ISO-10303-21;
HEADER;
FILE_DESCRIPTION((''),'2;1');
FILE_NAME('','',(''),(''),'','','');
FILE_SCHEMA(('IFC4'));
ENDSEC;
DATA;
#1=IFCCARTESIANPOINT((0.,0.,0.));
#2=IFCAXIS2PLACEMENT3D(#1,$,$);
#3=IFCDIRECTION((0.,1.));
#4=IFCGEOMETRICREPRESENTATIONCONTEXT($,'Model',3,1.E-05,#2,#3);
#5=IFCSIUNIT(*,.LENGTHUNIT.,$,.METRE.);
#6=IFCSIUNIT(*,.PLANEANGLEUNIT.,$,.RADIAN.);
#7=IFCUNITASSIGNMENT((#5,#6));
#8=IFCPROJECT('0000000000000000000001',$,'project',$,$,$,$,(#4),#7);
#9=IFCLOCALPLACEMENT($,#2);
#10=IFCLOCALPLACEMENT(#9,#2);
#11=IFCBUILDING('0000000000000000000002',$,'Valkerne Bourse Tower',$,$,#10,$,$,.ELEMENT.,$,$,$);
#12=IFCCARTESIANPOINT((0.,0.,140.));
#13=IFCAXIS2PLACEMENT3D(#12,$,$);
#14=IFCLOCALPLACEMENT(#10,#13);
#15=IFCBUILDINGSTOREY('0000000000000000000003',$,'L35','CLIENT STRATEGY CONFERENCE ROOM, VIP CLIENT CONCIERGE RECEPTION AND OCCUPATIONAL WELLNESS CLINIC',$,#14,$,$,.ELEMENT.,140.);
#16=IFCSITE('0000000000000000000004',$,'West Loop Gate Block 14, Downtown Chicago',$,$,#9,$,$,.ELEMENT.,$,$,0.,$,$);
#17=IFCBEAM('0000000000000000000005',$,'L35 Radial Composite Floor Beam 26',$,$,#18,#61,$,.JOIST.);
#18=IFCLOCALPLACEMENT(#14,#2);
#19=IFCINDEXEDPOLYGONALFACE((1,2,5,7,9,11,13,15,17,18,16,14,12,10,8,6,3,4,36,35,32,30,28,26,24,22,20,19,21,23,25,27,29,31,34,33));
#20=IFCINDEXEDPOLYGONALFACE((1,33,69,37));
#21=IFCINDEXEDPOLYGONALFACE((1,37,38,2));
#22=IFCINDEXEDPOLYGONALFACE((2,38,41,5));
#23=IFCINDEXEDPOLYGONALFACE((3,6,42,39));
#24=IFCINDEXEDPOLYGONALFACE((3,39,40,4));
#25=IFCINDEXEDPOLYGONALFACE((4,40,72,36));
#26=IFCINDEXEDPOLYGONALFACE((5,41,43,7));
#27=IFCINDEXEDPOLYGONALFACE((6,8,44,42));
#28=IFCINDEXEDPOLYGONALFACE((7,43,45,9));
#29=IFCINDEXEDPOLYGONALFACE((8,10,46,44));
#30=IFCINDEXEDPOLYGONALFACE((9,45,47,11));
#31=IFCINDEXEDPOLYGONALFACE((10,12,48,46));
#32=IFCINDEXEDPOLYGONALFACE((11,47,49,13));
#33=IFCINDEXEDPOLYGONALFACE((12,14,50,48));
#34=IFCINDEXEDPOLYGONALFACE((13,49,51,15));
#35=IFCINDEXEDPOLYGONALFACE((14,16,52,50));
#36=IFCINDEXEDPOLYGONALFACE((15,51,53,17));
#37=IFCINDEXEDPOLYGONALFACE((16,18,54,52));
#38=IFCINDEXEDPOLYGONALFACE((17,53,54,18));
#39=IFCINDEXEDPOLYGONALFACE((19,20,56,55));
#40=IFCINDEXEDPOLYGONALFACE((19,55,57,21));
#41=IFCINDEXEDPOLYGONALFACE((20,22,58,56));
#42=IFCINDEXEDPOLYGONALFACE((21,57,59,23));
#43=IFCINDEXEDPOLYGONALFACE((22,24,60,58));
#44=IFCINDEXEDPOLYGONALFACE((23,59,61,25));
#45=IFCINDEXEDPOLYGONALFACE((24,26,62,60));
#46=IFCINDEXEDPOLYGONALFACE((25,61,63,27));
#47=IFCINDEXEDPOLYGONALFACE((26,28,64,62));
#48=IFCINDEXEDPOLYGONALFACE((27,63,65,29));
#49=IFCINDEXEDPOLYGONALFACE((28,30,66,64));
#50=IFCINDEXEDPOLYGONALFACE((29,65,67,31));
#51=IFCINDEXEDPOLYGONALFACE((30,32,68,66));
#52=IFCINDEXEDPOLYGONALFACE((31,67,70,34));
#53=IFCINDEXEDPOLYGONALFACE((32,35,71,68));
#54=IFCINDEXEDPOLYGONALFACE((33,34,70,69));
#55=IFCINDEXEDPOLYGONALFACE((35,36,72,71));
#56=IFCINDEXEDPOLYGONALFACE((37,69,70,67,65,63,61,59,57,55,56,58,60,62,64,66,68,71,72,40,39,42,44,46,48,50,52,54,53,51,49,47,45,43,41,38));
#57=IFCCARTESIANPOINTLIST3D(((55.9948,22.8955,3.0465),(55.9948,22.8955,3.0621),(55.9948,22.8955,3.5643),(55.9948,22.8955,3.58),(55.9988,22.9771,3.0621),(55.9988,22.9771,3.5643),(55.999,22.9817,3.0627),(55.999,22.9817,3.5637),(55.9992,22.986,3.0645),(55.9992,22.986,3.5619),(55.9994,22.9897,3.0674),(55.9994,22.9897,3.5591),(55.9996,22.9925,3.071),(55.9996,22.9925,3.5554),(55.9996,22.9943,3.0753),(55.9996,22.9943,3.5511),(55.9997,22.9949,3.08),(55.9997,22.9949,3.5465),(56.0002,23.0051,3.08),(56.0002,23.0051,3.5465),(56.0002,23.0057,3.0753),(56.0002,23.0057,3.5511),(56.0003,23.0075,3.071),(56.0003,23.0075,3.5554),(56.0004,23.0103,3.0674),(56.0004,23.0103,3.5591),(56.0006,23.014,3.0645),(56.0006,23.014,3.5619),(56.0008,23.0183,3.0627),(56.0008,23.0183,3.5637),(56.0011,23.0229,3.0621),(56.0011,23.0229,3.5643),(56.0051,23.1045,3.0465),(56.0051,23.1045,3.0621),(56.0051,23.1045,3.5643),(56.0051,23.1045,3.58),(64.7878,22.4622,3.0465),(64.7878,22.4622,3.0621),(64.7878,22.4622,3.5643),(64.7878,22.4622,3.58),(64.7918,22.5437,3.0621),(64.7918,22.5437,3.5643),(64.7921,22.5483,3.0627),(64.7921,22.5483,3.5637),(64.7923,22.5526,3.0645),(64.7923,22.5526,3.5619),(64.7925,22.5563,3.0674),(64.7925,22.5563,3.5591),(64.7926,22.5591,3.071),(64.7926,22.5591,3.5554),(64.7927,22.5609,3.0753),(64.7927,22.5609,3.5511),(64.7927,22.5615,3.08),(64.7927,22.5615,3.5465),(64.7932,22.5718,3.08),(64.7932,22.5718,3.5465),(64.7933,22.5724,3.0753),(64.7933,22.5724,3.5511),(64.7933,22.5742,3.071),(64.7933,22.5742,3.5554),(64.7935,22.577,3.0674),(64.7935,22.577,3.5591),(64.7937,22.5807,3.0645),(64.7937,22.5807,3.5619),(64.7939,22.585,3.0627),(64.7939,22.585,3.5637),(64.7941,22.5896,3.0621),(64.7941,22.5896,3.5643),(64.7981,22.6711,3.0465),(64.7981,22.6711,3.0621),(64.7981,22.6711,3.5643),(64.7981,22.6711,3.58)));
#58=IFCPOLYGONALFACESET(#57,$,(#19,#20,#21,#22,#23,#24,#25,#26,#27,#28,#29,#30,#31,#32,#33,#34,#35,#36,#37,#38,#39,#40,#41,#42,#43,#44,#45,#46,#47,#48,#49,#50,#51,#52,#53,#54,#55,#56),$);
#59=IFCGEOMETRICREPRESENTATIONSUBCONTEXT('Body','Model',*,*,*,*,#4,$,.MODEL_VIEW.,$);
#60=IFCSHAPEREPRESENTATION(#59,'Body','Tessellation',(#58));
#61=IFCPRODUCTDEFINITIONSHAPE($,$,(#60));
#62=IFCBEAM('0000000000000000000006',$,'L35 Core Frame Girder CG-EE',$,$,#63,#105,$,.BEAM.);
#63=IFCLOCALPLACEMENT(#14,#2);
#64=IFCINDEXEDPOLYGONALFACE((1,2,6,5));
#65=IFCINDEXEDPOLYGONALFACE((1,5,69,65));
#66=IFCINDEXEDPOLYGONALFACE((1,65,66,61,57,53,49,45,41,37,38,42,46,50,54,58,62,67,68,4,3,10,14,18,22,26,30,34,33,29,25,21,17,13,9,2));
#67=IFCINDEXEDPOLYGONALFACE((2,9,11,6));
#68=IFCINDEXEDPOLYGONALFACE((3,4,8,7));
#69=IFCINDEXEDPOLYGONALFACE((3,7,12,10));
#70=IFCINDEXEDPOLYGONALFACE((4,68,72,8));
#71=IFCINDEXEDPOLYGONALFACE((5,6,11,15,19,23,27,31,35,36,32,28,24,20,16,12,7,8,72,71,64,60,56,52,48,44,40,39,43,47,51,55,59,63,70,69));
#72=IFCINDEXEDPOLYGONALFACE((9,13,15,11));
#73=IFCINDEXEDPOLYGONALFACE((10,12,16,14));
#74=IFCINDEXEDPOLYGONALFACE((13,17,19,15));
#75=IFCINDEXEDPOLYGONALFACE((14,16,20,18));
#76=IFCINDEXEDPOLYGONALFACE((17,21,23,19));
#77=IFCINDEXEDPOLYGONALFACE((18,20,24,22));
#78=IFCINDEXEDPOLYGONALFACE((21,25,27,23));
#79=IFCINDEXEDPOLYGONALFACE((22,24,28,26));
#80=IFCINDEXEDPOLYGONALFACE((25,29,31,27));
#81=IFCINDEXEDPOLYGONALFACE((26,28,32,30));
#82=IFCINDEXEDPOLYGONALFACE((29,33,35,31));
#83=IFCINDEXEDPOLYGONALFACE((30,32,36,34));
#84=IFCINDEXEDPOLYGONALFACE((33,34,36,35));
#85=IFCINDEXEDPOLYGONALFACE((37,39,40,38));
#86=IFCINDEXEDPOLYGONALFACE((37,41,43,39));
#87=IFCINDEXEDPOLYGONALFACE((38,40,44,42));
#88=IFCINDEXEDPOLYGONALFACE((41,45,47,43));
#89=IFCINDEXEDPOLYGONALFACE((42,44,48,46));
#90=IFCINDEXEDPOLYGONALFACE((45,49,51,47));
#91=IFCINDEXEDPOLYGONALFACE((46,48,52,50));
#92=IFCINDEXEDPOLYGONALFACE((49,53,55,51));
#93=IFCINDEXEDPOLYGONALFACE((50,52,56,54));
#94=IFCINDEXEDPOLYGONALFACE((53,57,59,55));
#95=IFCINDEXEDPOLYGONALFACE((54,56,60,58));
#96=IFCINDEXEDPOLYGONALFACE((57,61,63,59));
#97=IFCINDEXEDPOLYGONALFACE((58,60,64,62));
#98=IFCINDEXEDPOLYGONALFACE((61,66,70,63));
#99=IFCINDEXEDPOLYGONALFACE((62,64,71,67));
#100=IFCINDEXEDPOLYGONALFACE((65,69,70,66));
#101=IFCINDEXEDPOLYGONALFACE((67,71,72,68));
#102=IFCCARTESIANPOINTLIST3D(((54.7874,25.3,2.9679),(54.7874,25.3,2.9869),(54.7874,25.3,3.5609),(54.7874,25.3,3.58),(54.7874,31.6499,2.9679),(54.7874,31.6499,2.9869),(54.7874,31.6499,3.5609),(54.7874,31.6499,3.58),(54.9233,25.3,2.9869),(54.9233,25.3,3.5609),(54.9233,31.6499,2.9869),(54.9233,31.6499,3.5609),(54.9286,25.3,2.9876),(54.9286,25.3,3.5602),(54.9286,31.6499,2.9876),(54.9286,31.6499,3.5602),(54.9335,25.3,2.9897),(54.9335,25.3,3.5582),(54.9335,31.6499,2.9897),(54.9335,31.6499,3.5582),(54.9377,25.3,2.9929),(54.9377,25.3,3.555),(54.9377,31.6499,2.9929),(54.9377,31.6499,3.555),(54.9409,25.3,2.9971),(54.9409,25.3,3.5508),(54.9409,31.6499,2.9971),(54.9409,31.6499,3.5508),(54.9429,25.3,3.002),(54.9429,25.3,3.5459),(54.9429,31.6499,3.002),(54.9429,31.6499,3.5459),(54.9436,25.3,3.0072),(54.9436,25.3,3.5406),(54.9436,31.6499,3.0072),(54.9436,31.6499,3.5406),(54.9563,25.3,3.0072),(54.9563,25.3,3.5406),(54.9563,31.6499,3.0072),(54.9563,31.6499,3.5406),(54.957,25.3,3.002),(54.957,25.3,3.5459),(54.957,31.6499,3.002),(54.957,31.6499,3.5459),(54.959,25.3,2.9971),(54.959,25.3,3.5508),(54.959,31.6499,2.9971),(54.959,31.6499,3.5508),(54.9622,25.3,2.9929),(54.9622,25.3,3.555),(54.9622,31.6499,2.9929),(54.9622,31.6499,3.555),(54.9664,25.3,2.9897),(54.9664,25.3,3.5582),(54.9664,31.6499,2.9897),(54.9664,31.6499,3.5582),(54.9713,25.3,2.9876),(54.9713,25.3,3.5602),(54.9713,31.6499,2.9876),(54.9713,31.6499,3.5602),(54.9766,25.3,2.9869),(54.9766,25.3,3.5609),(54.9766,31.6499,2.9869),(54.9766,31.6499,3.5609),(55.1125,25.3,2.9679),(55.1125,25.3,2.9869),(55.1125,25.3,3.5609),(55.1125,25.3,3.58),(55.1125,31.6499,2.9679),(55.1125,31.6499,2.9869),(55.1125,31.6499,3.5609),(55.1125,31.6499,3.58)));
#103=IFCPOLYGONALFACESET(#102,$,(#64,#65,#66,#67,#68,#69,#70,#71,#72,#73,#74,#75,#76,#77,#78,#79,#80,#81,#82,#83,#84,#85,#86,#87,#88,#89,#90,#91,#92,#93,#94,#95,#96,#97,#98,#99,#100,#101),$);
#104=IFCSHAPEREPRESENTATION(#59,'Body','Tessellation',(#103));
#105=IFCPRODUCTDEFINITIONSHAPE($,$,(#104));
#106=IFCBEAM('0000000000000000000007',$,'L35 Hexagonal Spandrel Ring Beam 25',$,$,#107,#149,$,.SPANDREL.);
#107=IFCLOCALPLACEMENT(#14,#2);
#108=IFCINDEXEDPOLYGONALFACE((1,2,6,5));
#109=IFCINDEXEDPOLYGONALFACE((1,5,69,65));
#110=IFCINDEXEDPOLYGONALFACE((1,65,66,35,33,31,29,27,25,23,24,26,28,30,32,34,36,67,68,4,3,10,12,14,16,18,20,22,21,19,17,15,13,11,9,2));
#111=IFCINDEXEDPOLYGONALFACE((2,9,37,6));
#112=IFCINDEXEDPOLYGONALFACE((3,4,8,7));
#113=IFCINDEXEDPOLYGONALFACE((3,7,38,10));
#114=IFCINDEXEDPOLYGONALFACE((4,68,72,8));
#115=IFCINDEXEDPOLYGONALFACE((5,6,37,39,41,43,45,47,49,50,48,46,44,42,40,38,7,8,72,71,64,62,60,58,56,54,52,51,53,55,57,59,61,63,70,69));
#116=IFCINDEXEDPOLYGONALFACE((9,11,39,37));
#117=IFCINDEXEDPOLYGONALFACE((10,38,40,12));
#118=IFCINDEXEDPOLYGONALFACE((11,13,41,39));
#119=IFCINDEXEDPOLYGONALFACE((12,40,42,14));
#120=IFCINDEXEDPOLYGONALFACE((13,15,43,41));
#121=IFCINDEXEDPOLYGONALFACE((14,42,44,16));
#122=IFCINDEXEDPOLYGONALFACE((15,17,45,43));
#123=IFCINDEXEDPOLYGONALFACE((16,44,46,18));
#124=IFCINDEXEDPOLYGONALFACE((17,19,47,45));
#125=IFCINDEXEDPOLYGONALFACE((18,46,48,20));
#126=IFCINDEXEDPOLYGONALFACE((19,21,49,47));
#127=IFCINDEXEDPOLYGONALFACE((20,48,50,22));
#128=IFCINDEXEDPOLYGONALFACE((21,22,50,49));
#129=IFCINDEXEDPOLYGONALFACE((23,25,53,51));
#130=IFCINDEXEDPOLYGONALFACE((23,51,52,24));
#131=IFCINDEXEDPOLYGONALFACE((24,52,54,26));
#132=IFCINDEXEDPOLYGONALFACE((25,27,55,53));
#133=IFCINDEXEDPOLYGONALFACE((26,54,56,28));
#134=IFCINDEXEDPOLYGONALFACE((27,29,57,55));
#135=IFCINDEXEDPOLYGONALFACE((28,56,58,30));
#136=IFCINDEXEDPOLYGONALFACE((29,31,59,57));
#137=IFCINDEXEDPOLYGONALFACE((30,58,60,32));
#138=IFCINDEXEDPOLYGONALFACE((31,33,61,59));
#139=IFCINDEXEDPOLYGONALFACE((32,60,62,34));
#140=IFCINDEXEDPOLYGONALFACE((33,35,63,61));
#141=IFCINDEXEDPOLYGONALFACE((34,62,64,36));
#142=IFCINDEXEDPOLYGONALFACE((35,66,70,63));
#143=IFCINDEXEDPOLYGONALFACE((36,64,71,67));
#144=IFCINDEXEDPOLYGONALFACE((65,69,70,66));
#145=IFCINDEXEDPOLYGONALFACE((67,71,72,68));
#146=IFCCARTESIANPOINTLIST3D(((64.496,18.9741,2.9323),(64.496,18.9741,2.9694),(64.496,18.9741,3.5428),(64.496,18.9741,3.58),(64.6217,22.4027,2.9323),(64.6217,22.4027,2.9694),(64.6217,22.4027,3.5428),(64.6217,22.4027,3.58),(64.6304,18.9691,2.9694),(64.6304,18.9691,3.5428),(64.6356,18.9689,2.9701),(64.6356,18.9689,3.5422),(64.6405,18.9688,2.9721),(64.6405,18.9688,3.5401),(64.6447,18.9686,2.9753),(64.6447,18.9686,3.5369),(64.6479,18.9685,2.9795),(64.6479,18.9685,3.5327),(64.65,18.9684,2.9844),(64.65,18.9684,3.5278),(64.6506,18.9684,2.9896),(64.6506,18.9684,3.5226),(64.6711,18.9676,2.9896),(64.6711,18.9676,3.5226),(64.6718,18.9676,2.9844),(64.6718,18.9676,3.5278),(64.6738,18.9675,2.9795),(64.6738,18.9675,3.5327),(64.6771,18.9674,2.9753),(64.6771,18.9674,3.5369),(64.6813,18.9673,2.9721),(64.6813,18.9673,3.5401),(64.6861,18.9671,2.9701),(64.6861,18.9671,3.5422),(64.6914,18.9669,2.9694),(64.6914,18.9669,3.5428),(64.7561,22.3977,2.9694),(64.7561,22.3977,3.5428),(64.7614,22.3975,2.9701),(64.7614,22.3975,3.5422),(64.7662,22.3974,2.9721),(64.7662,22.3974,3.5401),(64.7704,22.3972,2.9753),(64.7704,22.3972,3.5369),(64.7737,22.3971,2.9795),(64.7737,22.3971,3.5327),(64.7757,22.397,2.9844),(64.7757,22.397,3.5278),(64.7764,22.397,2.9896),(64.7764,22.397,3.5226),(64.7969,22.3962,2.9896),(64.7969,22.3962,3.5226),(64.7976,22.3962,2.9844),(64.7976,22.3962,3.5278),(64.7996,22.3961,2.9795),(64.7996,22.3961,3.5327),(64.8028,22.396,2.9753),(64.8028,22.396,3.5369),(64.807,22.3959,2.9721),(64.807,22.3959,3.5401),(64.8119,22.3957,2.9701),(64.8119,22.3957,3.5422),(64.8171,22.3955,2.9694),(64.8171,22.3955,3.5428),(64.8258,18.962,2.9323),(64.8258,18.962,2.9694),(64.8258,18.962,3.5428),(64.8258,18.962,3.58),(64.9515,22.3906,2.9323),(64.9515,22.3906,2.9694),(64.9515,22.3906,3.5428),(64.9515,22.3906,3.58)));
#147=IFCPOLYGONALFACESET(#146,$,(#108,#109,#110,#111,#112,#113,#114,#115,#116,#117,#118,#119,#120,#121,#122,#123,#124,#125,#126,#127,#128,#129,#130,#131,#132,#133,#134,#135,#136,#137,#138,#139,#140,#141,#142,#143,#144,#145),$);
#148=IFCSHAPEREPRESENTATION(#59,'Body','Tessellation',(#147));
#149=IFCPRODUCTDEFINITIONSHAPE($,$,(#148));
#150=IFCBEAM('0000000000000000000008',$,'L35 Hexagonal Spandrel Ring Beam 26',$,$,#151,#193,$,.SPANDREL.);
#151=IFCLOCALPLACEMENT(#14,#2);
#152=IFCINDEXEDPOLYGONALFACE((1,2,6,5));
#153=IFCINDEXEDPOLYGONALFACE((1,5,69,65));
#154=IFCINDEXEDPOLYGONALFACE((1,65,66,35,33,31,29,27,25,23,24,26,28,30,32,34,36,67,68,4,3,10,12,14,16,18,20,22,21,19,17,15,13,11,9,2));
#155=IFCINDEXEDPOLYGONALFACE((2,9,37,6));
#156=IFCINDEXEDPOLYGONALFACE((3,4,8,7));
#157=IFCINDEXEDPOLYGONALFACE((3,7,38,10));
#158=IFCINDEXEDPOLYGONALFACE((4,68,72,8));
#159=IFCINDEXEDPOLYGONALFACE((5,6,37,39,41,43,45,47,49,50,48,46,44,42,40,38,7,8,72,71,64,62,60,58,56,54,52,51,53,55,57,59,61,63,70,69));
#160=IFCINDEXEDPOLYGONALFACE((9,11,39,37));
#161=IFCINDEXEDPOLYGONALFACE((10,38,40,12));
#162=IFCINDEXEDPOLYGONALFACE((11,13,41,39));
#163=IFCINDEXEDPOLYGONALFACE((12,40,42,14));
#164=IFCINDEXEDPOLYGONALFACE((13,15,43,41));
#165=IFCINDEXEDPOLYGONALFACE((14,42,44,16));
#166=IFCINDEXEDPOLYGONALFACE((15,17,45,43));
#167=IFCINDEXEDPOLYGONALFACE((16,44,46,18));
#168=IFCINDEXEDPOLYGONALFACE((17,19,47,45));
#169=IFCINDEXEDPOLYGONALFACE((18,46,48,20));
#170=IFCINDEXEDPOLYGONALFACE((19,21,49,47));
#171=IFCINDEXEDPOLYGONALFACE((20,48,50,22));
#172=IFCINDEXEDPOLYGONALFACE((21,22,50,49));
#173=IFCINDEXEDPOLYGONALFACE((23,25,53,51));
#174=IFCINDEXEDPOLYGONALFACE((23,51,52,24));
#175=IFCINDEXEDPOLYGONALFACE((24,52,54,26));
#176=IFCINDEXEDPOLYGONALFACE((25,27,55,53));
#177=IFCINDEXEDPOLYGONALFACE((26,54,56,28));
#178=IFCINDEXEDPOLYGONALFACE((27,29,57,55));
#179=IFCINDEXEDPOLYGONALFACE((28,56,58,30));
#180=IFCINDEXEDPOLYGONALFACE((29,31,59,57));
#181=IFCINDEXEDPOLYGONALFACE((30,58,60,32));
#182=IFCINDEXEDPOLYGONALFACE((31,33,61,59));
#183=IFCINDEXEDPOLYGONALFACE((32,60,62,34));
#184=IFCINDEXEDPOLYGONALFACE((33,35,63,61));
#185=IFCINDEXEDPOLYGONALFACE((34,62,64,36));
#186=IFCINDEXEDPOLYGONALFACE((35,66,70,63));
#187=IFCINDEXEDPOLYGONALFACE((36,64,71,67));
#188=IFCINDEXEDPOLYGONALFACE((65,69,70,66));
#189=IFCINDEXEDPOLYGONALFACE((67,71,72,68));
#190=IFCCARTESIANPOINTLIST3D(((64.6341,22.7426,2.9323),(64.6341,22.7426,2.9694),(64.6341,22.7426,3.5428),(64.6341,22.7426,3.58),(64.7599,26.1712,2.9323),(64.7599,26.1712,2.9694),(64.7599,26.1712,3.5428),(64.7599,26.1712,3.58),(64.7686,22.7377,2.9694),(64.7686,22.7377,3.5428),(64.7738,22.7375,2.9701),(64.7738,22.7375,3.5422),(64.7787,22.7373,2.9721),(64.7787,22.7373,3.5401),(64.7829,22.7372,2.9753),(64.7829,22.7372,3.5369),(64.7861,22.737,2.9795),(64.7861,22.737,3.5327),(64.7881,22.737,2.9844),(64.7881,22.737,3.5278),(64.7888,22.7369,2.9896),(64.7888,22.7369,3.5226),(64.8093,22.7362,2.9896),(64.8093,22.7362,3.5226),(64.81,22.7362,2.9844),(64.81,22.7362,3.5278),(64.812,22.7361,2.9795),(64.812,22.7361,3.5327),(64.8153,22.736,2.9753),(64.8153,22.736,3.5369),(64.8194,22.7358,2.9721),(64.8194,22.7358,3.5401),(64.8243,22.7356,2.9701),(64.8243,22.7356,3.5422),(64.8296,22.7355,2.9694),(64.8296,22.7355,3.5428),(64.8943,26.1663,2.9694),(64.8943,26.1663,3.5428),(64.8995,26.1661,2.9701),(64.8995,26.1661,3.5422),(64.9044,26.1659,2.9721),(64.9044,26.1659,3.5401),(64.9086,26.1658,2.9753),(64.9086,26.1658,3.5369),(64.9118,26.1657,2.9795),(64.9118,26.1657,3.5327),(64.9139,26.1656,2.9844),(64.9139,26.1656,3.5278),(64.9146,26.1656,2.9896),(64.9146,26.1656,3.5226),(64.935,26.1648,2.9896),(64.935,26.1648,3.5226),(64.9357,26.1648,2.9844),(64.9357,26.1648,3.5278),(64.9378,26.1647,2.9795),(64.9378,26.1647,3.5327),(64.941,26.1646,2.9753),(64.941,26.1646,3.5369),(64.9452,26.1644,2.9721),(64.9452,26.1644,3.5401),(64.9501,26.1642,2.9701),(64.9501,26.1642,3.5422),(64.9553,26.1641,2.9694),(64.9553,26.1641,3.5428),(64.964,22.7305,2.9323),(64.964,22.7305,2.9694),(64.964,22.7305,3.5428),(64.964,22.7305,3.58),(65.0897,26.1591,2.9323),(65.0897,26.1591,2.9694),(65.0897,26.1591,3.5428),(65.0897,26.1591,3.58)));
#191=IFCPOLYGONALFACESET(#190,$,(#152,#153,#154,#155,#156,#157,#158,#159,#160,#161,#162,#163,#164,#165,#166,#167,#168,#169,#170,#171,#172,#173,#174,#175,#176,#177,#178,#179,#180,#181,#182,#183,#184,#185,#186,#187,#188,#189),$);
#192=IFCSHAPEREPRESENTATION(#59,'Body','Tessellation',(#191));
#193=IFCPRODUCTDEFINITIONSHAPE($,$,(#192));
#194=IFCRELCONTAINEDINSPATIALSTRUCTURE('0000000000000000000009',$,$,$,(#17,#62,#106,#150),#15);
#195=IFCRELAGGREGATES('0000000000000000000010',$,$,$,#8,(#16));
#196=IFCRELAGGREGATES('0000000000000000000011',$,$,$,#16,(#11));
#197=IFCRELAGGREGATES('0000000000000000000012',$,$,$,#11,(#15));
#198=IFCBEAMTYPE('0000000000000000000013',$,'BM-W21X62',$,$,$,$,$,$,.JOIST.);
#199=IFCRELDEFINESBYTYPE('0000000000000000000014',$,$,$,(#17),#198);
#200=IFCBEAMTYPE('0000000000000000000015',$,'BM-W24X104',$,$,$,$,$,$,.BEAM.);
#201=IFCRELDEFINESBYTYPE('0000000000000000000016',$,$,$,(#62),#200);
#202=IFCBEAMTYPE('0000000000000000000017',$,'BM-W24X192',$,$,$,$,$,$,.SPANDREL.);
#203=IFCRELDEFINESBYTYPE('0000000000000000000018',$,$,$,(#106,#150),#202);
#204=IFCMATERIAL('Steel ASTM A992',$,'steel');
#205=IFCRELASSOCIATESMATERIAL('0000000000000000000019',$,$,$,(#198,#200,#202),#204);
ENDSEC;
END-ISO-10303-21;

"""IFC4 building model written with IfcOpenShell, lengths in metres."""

from ifc_helpers import new_model, si_unit, direction, frame, origin, origin_2d, place, context, subcontext, project, spatial, i_section, extrude, material, material_profile, profile_set, type_object, element, save


model = new_model("IFC4")

# Units and contexts
model_context = context("Model", 3, precision=1e-05, world=origin(), true_north=direction((0.0, 1.0)))
body_context = subcontext(model_context, "Body", "Model", "MODEL_VIEW")
ifc_project = project(units=[si_unit("LENGTHUNIT", "METRE"), si_unit("PLANEANGLEUNIT", "RADIAN")], contexts=[model_context])

# Site, building, storey
site_placement = place(None, origin())
site = spatial("IfcSite", under=ifc_project, at=site_placement, Name="West Loop Gate Block 14, Downtown Chicago", CompositionType="ELEMENT", RefElevation=0.0)
building_placement = place(site_placement, origin())
building = spatial("IfcBuilding", under=site, at=building_placement, Name="Valkerne Bourse Tower", CompositionType="ELEMENT")
storey_placement = place(building_placement, frame((0.0, 0.0, 140.0)))
storey = spatial("IfcBuildingStorey", under=building, at=storey_placement, Name="L35", Description="CLIENT STRATEGY CONFERENCE ROOM, VIP CLIENT CONCIERGE RECEPTION AND OCCUPATIONAL WELLNESS CLINIC", CompositionType="ELEMENT", Elevation=140.0)

# Beams
ifc_material_1 = material(Name="Steel ASTM A992", Category="steel")
ifc_material_profile_1 = material_profile(ifc_material_1, i_section(OverallWidth=0.2092, OverallDepth=0.5334, WebThickness=0.0103, FlangeThickness=0.0156, FilletRadius=0.0178, at=origin_2d()), Name="W21X62")
ifc_profile_set_1 = profile_set([ifc_material_profile_1], Name="Steel ASTM A992")
beam_type_1 = type_object("IfcBeamType", Name="BM-W21X62", PredefinedType="JOIST", material=ifc_profile_set_1)
beam_1_placement = place(storey_placement, frame((64.793, 22.5667, 3.3132), z_axis=(-0.998788, 0.049224, 0.0), x_axis=(-0.049224, -0.998788, 0.0)))
element("IfcBeam", 1, at=beam_1_placement, inside=storey, type_object=beam_type_1, Name="L35 Radial Composite Floor Beam 26", PredefinedType="JOIST", context=body_context, shape_type="SweptSolid", body=[
    extrude(i_section(OverallWidth=0.2092, OverallDepth=0.5334, WebThickness=0.0103, FlangeThickness=0.0156, FilletRadius=0.0178, at=origin_2d()), origin(), (0.0, 0.0, 1.0), 8.8037),
])
ifc_material_profile_2 = material_profile(ifc_material_1, i_section(OverallWidth=0.3252, OverallDepth=0.6121, WebThickness=0.0127, FlangeThickness=0.019, FilletRadius=0.0203, at=origin_2d()), Name="W24X104")
ifc_profile_set_2 = profile_set([ifc_material_profile_2], Name="Steel ASTM A992")
beam_type_2 = type_object("IfcBeamType", Name="BM-W24X104", PredefinedType="BEAM", material=ifc_profile_set_2)
beam_2_placement = place(storey_placement, frame((54.95, 25.3, 3.2739), z_axis=(0.0, 1.0, 0.0), x_axis=(-1.0, 0.0, 0.0)))
element("IfcBeam", 2, at=beam_2_placement, inside=storey, type_object=beam_type_2, Name="L35 Core Frame Girder CG-EE", PredefinedType="BEAM", context=body_context, shape_type="SweptSolid", body=[
    extrude(i_section(OverallWidth=0.3252, OverallDepth=0.6121, WebThickness=0.0127, FlangeThickness=0.019, FilletRadius=0.0203, at=origin_2d()), origin(), (0.0, 0.0, 1.0), 6.3499),
])
ifc_material_profile_3 = material_profile(ifc_material_1, i_section(OverallWidth=0.3301, OverallDepth=0.6477, WebThickness=0.0205, FlangeThickness=0.0371, FilletRadius=0.0203, at=origin_2d()), Name="W24X192")
ifc_profile_set_3 = profile_set([ifc_material_profile_3], Name="Steel ASTM A992")
beam_type_3 = type_object("IfcBeamType", Name="BM-W24X192", PredefinedType="SPANDREL", material=ifc_profile_set_3)
for number, where, z_axis, x_axis, name in (
    (3, (64.6609, 18.968, 3.2561), (0.036646, 0.999328, 0.0), (-0.999328, 0.036646, 0.0), "L35 Hexagonal Spandrel Ring Beam 25"),
    (4, (64.7991, 22.7366, 3.2561), (0.036646, 0.999328, 0.0), (-0.999328, 0.036646, 0.0), "L35 Hexagonal Spandrel Ring Beam 26"),
):
    element("IfcBeam", number, at=place(storey_placement, frame(where, z_axis=z_axis, x_axis=x_axis)), inside=storey, type_object=beam_type_3, Name=name, PredefinedType="SPANDREL", context=body_context, shape_type="SweptSolid", body=[
        extrude(i_section(OverallWidth=0.3301, OverallDepth=0.6477, WebThickness=0.0205, FlangeThickness=0.0371, FilletRadius=0.0203, at=origin_2d()), origin(), (0.0, 0.0, 1.0), 3.4309),
    ])

save(model, "model.ifc")
